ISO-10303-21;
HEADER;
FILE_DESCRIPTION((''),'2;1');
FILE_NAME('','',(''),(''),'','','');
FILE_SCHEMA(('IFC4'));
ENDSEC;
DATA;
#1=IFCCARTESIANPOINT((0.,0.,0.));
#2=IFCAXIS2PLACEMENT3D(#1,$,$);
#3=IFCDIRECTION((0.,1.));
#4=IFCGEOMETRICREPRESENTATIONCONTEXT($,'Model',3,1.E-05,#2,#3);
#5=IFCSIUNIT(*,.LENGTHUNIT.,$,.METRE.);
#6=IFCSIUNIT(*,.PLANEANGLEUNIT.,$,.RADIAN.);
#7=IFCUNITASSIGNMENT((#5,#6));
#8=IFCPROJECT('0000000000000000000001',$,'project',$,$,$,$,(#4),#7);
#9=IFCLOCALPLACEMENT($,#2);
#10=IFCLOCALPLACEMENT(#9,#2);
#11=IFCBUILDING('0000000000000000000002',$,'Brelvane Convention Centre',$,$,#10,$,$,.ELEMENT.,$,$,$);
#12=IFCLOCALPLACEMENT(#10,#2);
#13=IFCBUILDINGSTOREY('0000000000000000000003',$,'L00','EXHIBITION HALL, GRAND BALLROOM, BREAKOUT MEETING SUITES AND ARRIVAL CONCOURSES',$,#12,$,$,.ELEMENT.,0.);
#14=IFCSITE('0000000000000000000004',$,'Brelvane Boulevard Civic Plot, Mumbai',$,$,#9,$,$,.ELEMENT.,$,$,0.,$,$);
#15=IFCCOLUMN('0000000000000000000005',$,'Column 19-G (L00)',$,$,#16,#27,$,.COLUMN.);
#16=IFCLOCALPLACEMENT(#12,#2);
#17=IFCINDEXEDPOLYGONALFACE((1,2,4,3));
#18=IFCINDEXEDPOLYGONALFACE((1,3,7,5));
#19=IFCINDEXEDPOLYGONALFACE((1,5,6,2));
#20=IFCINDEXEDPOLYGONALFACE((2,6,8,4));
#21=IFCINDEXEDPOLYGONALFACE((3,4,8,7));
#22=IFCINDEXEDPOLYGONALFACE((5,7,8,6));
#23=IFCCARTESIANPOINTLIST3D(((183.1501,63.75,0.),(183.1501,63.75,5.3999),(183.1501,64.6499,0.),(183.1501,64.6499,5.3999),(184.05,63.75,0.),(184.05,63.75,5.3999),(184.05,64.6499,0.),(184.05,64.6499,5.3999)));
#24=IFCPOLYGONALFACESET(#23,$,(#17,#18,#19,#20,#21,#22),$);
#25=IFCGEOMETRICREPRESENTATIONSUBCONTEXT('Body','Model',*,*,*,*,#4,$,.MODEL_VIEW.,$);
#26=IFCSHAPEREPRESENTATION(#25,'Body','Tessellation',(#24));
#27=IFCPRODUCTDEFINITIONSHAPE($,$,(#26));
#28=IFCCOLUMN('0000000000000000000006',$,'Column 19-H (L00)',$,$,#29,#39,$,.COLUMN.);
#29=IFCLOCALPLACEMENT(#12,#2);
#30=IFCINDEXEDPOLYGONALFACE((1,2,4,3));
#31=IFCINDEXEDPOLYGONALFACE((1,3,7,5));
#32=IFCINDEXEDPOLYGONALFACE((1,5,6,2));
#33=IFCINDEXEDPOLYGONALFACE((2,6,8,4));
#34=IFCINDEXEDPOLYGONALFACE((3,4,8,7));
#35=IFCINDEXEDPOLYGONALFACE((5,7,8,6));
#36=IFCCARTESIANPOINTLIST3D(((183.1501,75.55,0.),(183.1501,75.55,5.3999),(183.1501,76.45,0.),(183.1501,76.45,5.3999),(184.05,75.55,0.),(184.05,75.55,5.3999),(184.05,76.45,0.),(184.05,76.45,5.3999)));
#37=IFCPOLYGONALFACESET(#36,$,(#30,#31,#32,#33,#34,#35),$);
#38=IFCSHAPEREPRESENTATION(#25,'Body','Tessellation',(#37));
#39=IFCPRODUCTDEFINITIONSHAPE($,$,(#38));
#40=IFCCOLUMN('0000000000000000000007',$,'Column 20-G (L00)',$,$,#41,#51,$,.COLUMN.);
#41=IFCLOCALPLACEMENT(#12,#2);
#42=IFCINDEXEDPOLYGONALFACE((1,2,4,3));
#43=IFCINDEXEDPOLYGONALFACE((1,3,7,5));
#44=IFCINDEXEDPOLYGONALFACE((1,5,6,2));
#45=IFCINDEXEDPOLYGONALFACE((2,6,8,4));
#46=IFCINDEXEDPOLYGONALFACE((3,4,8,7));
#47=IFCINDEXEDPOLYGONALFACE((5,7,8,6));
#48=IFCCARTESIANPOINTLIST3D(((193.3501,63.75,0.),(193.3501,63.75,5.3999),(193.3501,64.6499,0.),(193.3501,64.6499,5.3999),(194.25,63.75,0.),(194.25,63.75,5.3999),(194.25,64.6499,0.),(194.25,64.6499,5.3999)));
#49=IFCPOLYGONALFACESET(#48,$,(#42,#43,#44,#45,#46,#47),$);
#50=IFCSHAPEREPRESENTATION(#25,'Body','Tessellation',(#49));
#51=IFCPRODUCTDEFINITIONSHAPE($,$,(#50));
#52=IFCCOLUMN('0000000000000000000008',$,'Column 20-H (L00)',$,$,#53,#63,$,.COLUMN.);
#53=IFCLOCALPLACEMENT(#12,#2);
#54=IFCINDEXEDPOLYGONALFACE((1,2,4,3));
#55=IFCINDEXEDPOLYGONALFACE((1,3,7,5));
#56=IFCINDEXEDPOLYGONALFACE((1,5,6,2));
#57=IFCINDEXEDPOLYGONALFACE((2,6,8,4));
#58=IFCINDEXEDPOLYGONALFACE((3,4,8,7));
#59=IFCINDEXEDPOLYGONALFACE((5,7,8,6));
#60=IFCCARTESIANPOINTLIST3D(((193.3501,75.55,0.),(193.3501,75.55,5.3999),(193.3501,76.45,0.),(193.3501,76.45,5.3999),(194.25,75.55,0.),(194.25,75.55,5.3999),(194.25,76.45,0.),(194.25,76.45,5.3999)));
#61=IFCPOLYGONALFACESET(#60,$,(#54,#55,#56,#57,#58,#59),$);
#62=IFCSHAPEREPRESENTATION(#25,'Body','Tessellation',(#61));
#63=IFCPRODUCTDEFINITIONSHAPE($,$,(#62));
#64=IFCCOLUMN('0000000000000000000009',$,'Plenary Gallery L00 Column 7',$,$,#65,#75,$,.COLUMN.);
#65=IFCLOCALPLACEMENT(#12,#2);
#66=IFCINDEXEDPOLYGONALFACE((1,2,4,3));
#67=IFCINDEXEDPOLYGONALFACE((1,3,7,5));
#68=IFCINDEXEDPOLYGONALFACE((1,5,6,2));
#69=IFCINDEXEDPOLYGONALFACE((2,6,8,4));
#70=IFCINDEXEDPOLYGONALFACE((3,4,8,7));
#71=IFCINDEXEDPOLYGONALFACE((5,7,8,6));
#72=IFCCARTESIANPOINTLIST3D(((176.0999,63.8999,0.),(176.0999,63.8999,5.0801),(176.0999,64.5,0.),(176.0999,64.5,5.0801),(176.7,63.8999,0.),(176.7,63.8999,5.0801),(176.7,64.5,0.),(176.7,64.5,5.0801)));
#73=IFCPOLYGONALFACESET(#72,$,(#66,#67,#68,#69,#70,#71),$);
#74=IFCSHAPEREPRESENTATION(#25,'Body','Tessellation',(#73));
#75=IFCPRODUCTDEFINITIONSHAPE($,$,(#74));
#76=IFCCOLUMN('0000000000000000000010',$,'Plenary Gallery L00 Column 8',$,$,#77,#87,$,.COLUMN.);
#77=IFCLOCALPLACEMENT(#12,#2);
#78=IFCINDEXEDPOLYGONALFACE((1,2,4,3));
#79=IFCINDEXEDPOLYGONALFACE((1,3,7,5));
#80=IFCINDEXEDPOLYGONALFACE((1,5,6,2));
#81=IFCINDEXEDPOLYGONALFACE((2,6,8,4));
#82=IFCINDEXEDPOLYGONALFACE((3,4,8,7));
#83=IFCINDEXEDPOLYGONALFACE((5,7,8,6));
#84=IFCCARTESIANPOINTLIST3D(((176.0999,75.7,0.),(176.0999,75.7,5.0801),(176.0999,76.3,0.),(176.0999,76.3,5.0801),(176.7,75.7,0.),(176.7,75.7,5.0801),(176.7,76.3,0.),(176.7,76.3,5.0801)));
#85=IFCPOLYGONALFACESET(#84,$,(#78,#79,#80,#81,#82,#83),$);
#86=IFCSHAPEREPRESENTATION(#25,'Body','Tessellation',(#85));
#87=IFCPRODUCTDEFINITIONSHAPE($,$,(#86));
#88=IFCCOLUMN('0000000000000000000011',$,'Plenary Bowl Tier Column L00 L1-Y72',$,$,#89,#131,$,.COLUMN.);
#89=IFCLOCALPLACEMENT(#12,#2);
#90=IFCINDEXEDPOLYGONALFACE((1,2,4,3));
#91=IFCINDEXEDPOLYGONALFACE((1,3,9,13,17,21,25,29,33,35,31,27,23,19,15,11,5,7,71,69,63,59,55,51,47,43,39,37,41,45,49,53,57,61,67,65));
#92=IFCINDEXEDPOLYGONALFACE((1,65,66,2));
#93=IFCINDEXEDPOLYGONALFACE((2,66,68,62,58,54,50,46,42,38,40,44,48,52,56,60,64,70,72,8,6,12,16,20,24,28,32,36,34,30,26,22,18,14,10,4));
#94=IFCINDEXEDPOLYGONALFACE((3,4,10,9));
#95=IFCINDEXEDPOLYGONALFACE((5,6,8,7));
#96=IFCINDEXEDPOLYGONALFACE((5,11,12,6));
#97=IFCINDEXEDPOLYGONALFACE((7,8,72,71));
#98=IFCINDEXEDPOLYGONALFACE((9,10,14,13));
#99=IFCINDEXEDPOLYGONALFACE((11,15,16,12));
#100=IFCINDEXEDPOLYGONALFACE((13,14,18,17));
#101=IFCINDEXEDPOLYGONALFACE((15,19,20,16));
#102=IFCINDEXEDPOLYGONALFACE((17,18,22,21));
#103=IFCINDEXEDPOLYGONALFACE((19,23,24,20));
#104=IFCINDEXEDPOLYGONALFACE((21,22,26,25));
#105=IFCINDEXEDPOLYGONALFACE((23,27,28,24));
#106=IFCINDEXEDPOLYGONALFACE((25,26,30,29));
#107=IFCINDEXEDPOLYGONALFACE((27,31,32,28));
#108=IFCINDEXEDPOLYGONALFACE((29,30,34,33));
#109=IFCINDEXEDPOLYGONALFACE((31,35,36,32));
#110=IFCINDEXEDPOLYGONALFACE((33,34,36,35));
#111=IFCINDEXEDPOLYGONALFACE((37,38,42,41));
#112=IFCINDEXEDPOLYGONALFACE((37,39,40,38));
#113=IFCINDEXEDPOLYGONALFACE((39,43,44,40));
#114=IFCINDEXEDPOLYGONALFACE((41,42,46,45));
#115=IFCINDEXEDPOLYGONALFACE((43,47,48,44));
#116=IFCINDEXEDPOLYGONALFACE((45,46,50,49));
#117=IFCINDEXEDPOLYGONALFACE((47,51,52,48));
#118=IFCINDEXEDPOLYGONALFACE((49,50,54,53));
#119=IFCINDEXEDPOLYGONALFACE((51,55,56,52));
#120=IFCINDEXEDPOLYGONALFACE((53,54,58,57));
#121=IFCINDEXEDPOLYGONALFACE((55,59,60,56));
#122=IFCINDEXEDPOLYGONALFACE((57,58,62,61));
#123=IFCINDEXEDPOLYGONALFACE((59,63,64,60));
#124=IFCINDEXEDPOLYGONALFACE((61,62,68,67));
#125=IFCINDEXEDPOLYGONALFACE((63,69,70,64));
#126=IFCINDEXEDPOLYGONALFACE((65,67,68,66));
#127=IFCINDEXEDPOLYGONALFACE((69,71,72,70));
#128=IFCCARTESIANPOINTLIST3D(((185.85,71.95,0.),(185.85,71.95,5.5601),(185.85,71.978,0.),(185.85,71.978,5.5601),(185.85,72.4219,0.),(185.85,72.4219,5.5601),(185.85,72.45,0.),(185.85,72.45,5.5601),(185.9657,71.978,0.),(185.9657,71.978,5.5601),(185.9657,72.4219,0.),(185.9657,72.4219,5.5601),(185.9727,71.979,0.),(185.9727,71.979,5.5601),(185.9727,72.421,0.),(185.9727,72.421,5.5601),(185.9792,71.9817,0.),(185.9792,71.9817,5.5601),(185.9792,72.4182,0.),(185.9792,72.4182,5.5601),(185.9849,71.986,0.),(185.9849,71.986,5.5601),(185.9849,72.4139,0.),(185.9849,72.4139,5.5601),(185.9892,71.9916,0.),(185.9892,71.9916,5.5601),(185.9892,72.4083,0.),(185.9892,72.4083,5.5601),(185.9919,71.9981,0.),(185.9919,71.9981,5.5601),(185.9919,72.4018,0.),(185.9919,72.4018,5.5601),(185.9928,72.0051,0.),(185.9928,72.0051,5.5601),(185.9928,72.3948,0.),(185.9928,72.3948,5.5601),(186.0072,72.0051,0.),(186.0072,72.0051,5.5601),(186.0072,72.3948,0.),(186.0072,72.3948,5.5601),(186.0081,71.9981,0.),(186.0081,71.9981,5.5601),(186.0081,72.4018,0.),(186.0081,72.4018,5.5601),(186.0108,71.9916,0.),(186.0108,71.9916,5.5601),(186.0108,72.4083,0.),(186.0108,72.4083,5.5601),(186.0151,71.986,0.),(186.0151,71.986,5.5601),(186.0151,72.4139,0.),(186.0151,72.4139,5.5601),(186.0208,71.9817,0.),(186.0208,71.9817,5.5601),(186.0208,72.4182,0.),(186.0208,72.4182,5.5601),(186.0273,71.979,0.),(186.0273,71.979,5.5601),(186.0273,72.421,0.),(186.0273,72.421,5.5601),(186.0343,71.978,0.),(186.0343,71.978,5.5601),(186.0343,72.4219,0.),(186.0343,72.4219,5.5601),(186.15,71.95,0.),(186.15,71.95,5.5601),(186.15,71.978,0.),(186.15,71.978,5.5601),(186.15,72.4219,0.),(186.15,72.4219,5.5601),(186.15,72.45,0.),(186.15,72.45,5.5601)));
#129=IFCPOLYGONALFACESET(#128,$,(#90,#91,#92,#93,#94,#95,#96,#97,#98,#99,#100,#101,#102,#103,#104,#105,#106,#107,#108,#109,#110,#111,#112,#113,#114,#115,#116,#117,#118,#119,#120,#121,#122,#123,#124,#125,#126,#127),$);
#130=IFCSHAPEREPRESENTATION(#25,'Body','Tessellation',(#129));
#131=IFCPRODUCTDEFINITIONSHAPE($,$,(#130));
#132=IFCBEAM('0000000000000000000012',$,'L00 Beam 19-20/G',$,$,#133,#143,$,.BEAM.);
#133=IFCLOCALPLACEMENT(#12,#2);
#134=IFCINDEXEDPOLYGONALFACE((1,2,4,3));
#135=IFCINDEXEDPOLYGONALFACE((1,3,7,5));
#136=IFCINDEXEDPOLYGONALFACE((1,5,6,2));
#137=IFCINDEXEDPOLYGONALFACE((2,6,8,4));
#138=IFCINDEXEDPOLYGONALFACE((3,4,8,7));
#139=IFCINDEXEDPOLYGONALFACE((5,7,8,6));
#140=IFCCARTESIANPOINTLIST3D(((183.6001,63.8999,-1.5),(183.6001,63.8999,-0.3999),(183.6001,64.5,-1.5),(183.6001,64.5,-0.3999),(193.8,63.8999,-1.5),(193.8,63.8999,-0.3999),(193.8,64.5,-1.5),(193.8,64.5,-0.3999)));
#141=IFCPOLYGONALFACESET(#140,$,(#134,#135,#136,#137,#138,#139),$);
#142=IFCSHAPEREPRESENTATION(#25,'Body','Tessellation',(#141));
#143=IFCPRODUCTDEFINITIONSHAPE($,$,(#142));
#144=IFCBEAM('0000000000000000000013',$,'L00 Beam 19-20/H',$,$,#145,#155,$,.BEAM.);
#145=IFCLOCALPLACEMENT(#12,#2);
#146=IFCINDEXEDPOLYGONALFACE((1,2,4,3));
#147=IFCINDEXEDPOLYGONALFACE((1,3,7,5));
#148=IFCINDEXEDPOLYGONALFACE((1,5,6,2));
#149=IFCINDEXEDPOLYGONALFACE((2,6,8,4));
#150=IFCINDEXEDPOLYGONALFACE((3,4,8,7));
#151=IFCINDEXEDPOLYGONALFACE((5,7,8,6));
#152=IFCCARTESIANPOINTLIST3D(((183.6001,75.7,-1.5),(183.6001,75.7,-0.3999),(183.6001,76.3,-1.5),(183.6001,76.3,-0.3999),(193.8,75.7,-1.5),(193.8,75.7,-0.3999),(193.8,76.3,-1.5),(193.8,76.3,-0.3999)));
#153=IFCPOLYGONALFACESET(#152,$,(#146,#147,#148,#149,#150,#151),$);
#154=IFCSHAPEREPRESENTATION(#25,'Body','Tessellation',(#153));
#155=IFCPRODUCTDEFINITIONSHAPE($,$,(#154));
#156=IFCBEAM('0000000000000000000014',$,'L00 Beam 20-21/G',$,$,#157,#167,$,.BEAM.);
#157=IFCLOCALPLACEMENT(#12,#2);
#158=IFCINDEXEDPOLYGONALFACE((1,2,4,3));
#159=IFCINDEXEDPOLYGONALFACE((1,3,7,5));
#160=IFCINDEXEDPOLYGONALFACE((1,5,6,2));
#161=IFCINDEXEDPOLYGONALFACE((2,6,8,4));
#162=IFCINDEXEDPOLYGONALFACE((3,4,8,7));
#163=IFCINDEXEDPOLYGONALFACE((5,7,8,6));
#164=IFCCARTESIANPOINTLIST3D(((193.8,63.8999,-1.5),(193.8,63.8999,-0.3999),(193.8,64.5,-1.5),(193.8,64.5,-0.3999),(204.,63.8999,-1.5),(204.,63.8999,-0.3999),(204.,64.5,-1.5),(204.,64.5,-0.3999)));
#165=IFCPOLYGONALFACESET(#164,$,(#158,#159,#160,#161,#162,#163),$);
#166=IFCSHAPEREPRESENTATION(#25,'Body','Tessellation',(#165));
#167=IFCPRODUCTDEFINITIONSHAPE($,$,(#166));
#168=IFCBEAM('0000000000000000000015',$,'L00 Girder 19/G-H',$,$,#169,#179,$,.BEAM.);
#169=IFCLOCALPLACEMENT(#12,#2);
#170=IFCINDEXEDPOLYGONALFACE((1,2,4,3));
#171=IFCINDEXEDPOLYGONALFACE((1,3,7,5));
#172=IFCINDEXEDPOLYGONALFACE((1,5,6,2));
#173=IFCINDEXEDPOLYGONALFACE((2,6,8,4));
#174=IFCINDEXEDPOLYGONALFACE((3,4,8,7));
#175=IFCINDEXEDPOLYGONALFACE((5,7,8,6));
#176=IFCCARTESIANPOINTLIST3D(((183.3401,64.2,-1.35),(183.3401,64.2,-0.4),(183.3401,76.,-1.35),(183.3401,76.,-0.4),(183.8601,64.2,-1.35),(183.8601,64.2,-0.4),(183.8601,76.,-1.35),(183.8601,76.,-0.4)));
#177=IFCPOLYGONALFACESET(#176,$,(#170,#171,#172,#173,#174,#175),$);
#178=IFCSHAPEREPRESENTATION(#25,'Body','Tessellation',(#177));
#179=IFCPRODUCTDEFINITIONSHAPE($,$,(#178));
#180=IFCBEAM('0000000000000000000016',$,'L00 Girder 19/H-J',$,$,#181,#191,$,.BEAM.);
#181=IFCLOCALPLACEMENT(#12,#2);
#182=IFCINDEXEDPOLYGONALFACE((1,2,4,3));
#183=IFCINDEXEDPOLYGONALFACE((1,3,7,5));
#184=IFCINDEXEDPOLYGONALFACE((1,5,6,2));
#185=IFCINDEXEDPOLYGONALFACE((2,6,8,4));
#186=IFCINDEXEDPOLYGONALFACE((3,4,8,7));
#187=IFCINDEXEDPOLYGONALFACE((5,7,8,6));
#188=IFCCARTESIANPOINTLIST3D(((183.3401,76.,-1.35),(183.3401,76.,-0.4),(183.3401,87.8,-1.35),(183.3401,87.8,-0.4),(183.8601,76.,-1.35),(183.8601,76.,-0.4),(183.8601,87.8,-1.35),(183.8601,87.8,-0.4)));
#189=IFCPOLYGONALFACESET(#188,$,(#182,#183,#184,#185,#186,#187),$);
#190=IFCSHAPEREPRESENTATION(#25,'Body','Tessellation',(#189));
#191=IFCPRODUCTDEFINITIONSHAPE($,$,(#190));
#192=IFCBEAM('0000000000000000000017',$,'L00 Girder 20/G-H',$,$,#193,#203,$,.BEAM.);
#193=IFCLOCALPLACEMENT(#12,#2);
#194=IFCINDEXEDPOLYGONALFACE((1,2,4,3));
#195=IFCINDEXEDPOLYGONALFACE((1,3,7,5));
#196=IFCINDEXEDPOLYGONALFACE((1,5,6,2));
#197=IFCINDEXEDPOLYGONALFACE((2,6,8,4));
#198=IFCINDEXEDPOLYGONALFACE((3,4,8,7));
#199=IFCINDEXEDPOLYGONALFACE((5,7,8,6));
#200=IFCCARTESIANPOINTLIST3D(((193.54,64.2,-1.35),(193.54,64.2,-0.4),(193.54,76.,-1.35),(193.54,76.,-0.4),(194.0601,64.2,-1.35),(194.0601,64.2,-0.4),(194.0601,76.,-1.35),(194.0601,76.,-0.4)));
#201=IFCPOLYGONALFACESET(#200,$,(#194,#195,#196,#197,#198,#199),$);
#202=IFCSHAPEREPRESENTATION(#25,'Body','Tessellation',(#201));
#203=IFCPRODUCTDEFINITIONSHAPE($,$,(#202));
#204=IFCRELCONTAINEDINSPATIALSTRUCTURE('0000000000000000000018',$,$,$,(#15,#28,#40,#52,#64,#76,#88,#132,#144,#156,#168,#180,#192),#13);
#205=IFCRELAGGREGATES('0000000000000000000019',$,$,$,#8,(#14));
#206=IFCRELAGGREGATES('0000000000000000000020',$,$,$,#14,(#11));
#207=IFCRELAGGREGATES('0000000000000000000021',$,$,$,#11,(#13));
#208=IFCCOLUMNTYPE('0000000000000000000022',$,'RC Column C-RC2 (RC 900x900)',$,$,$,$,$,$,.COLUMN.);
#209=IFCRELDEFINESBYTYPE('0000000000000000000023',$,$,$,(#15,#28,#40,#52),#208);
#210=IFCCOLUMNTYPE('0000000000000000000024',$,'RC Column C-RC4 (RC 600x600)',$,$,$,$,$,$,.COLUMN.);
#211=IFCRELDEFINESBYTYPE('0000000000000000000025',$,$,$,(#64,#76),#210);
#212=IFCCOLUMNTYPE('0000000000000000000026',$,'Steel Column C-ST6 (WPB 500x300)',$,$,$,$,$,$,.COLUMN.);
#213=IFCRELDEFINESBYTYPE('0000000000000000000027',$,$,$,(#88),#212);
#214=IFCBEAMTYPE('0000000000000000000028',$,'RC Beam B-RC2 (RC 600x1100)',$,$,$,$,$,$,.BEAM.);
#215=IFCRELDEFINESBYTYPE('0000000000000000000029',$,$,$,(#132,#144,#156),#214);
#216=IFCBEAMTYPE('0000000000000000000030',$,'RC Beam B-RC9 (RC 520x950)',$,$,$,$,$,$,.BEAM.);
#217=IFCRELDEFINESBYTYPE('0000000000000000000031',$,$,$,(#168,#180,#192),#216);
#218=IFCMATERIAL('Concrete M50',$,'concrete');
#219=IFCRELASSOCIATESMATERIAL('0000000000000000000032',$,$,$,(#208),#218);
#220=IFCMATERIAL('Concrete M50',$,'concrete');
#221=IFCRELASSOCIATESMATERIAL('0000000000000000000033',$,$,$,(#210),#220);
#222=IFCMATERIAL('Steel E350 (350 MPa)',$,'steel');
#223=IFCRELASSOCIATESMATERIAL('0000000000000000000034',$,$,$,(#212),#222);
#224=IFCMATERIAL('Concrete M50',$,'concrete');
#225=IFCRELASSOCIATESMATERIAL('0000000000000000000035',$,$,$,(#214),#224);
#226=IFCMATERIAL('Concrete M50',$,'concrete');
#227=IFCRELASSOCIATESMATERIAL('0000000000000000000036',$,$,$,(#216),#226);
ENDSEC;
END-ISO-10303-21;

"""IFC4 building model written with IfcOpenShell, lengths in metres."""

from ifc_helpers import new_model, si_unit, direction, frame, origin, origin_2d, place, context, subcontext, project, spatial, rectangle, i_section, extrude, material, material_profile, profile_set, type_object, element, save


model = new_model("IFC4")

# Units and contexts
model_context = context("Model", 3, precision=1e-05, world=origin(), true_north=direction((0.0, 1.0)))
body_context = subcontext(model_context, "Body", "Model", "MODEL_VIEW")
ifc_project = project(units=[si_unit("LENGTHUNIT", "METRE"), si_unit("PLANEANGLEUNIT", "RADIAN")], contexts=[model_context])

# Site, building, storey
site_placement = place(None, origin())
site = spatial("IfcSite", under=ifc_project, at=site_placement, Name="Brelvane Boulevard Civic Plot, Mumbai", CompositionType="ELEMENT", RefElevation=0.0)
building_placement = place(site_placement, origin())
building = spatial("IfcBuilding", under=site, at=building_placement, Name="Brelvane Convention Centre", CompositionType="ELEMENT")
storey_placement = place(building_placement, origin())
storey = spatial("IfcBuildingStorey", under=building, at=storey_placement, Name="L00", Description="EXHIBITION HALL, GRAND BALLROOM, BREAKOUT MEETING SUITES AND ARRIVAL CONCOURSES", CompositionType="ELEMENT", Elevation=0.0)

# Columns
ifc_material_1 = material(Name="Concrete M50", Category="concrete")
ifc_material_profile_1 = material_profile(ifc_material_1, rectangle(XDim=0.8999, YDim=0.8999, at=origin_2d()), Name="RC 900x900")
ifc_profile_set_1 = profile_set([ifc_material_profile_1], Name="Concrete M50")
column_type_1 = type_object("IfcColumnType", Name="RC Column C-RC2 (RC 900x900)", PredefinedType="COLUMN", material=ifc_profile_set_1)
for number, where, z_axis, x_axis, name in (
    (1, (183.6001, 64.2, 0.0), (0.0, 0.0, 1.0), (1.0, 0.0, 0.0), "Column 19-G (L00)"),
    (2, (183.6001, 76.0, 0.0), (0.0, 0.0, 1.0), (1.0, 0.0, 0.0), "Column 19-H (L00)"),
    (3, (193.8, 64.2, 0.0), (0.0, 0.0, 1.0), (1.0, 0.0, 0.0), "Column 20-G (L00)"),
    (4, (193.8, 76.0, 0.0), (0.0, 0.0, 1.0), (1.0, 0.0, 0.0), "Column 20-H (L00)"),
):
    element("IfcColumn", number, at=place(storey_placement, frame(where, z_axis=z_axis, x_axis=x_axis)), inside=storey, type_object=column_type_1, Name=name, PredefinedType="COLUMN", context=body_context, shape_type="SweptSolid", body=[
        extrude(rectangle(XDim=0.8999, YDim=0.8999, at=origin_2d()), origin(), (0.0, 0.0, 1.0), 5.3999),
    ])
ifc_material_2 = material(Name="Concrete M50", Category="concrete")
ifc_material_profile_2 = material_profile(ifc_material_2, rectangle(XDim=0.6001, YDim=0.6001, at=origin_2d()), Name="RC 600x600")
ifc_profile_set_2 = profile_set([ifc_material_profile_2], Name="Concrete M50")
column_type_2 = type_object("IfcColumnType", Name="RC Column C-RC4 (RC 600x600)", PredefinedType="COLUMN", material=ifc_profile_set_2)
for number, where, z_axis, x_axis, name in (
    (5, (176.3999, 64.2, 0.0), (0.0, 0.0, 1.0), (1.0, 0.0, 0.0), "Plenary Gallery L00 Column 7"),
    (6, (176.3999, 76.0, 0.0), (0.0, 0.0, 1.0), (1.0, 0.0, 0.0), "Plenary Gallery L00 Column 8"),
):
    element("IfcColumn", number, at=place(storey_placement, frame(where, z_axis=z_axis, x_axis=x_axis)), inside=storey, type_object=column_type_2, Name=name, PredefinedType="COLUMN", context=body_context, shape_type="SweptSolid", body=[
        extrude(rectangle(XDim=0.6001, YDim=0.6001, at=origin_2d()), origin(), (0.0, 0.0, 1.0), 5.0801),
    ])
ifc_material_3 = material(Name="Steel E350 (350 MPa)", Category="steel")
ifc_material_profile_3 = material_profile(ifc_material_3, i_section(OverallWidth=0.3, OverallDepth=0.5, WebThickness=0.0144, FlangeThickness=0.0281, FilletRadius=0.0271, at=origin_2d()), Name="WPB 500x300")
ifc_profile_set_3 = profile_set([ifc_material_profile_3], Name="Steel E350 (350 MPa)")
column_type_3 = type_object("IfcColumnType", Name="Steel Column C-ST6 (WPB 500x300)", PredefinedType="COLUMN", material=ifc_profile_set_3)
column_placement = place(storey_placement, frame((186.0, 72.2, 0.0), z_axis=(0.0, 0.0, 1.0), x_axis=(1.0, 0.0, 0.0)))
element("IfcColumn", 7, at=column_placement, inside=storey, type_object=column_type_3, Name="Plenary Bowl Tier Column L00 L1-Y72", PredefinedType="COLUMN", context=body_context, shape_type="SweptSolid", body=[
    extrude(i_section(OverallWidth=0.3, OverallDepth=0.5, WebThickness=0.0144, FlangeThickness=0.0281, FilletRadius=0.0271, at=origin_2d()), origin(), (0.0, 0.0, 1.0), 5.5601),
])

# Beams
ifc_material_4 = material(Name="Concrete M50", Category="concrete")
ifc_material_profile_4 = material_profile(ifc_material_4, rectangle(XDim=0.6001, YDim=1.1001, at=origin_2d()), Name="RC 600x1100")
ifc_profile_set_4 = profile_set([ifc_material_profile_4], Name="Concrete M50")
beam_type_1 = type_object("IfcBeamType", Name="RC Beam B-RC2 (RC 600x1100)", PredefinedType="BEAM", material=ifc_profile_set_4)
for number, where, z_axis, x_axis, name in (
    (8, (183.6001, 64.2, -0.95), (1.0, 0.0, 0.0), (0.0, 1.0, 0.0), "L00 Beam 19-20/G"),
    (9, (183.6001, 76.0, -0.95), (1.0, 0.0, 0.0), (0.0, 1.0, 0.0), "L00 Beam 19-20/H"),
    (10, (193.8, 64.2, -0.95), (1.0, 0.0, 0.0), (0.0, 1.0, 0.0), "L00 Beam 20-21/G"),
):
    element("IfcBeam", number, at=place(storey_placement, frame(where, z_axis=z_axis, x_axis=x_axis)), inside=storey, type_object=beam_type_1, Name=name, PredefinedType="BEAM", context=body_context, shape_type="SweptSolid", body=[
        extrude(rectangle(XDim=0.6001, YDim=1.1001, at=origin_2d()), origin(), (0.0, 0.0, 1.0), 10.2),
    ])
ifc_material_5 = material(Name="Concrete M50", Category="concrete")
ifc_material_profile_5 = material_profile(ifc_material_5, rectangle(XDim=0.52, YDim=0.95, at=origin_2d()), Name="RC 520x950")
ifc_profile_set_5 = profile_set([ifc_material_profile_5], Name="Concrete M50")
beam_type_2 = type_object("IfcBeamType", Name="RC Beam B-RC9 (RC 520x950)", PredefinedType="BEAM", material=ifc_profile_set_5)
for number, where, z_axis, x_axis, name in (
    (11, (183.6001, 64.2, -0.875), (0.0, 1.0, 0.0), (-1.0, 0.0, 0.0), "L00 Girder 19/G-H"),
    (12, (183.6001, 76.0, -0.875), (0.0, 1.0, 0.0), (-1.0, 0.0, 0.0), "L00 Girder 19/H-J"),
    (13, (193.8, 64.2, -0.875), (0.0, 1.0, 0.0), (-1.0, 0.0, 0.0), "L00 Girder 20/G-H"),
):
    element("IfcBeam", number, at=place(storey_placement, frame(where, z_axis=z_axis, x_axis=x_axis)), inside=storey, type_object=beam_type_2, Name=name, PredefinedType="BEAM", context=body_context, shape_type="SweptSolid", body=[
        extrude(rectangle(XDim=0.52, YDim=0.95, at=origin_2d()), origin(), (0.0, 0.0, 1.0), 11.8),
    ])

save(model, "model.ifc")
